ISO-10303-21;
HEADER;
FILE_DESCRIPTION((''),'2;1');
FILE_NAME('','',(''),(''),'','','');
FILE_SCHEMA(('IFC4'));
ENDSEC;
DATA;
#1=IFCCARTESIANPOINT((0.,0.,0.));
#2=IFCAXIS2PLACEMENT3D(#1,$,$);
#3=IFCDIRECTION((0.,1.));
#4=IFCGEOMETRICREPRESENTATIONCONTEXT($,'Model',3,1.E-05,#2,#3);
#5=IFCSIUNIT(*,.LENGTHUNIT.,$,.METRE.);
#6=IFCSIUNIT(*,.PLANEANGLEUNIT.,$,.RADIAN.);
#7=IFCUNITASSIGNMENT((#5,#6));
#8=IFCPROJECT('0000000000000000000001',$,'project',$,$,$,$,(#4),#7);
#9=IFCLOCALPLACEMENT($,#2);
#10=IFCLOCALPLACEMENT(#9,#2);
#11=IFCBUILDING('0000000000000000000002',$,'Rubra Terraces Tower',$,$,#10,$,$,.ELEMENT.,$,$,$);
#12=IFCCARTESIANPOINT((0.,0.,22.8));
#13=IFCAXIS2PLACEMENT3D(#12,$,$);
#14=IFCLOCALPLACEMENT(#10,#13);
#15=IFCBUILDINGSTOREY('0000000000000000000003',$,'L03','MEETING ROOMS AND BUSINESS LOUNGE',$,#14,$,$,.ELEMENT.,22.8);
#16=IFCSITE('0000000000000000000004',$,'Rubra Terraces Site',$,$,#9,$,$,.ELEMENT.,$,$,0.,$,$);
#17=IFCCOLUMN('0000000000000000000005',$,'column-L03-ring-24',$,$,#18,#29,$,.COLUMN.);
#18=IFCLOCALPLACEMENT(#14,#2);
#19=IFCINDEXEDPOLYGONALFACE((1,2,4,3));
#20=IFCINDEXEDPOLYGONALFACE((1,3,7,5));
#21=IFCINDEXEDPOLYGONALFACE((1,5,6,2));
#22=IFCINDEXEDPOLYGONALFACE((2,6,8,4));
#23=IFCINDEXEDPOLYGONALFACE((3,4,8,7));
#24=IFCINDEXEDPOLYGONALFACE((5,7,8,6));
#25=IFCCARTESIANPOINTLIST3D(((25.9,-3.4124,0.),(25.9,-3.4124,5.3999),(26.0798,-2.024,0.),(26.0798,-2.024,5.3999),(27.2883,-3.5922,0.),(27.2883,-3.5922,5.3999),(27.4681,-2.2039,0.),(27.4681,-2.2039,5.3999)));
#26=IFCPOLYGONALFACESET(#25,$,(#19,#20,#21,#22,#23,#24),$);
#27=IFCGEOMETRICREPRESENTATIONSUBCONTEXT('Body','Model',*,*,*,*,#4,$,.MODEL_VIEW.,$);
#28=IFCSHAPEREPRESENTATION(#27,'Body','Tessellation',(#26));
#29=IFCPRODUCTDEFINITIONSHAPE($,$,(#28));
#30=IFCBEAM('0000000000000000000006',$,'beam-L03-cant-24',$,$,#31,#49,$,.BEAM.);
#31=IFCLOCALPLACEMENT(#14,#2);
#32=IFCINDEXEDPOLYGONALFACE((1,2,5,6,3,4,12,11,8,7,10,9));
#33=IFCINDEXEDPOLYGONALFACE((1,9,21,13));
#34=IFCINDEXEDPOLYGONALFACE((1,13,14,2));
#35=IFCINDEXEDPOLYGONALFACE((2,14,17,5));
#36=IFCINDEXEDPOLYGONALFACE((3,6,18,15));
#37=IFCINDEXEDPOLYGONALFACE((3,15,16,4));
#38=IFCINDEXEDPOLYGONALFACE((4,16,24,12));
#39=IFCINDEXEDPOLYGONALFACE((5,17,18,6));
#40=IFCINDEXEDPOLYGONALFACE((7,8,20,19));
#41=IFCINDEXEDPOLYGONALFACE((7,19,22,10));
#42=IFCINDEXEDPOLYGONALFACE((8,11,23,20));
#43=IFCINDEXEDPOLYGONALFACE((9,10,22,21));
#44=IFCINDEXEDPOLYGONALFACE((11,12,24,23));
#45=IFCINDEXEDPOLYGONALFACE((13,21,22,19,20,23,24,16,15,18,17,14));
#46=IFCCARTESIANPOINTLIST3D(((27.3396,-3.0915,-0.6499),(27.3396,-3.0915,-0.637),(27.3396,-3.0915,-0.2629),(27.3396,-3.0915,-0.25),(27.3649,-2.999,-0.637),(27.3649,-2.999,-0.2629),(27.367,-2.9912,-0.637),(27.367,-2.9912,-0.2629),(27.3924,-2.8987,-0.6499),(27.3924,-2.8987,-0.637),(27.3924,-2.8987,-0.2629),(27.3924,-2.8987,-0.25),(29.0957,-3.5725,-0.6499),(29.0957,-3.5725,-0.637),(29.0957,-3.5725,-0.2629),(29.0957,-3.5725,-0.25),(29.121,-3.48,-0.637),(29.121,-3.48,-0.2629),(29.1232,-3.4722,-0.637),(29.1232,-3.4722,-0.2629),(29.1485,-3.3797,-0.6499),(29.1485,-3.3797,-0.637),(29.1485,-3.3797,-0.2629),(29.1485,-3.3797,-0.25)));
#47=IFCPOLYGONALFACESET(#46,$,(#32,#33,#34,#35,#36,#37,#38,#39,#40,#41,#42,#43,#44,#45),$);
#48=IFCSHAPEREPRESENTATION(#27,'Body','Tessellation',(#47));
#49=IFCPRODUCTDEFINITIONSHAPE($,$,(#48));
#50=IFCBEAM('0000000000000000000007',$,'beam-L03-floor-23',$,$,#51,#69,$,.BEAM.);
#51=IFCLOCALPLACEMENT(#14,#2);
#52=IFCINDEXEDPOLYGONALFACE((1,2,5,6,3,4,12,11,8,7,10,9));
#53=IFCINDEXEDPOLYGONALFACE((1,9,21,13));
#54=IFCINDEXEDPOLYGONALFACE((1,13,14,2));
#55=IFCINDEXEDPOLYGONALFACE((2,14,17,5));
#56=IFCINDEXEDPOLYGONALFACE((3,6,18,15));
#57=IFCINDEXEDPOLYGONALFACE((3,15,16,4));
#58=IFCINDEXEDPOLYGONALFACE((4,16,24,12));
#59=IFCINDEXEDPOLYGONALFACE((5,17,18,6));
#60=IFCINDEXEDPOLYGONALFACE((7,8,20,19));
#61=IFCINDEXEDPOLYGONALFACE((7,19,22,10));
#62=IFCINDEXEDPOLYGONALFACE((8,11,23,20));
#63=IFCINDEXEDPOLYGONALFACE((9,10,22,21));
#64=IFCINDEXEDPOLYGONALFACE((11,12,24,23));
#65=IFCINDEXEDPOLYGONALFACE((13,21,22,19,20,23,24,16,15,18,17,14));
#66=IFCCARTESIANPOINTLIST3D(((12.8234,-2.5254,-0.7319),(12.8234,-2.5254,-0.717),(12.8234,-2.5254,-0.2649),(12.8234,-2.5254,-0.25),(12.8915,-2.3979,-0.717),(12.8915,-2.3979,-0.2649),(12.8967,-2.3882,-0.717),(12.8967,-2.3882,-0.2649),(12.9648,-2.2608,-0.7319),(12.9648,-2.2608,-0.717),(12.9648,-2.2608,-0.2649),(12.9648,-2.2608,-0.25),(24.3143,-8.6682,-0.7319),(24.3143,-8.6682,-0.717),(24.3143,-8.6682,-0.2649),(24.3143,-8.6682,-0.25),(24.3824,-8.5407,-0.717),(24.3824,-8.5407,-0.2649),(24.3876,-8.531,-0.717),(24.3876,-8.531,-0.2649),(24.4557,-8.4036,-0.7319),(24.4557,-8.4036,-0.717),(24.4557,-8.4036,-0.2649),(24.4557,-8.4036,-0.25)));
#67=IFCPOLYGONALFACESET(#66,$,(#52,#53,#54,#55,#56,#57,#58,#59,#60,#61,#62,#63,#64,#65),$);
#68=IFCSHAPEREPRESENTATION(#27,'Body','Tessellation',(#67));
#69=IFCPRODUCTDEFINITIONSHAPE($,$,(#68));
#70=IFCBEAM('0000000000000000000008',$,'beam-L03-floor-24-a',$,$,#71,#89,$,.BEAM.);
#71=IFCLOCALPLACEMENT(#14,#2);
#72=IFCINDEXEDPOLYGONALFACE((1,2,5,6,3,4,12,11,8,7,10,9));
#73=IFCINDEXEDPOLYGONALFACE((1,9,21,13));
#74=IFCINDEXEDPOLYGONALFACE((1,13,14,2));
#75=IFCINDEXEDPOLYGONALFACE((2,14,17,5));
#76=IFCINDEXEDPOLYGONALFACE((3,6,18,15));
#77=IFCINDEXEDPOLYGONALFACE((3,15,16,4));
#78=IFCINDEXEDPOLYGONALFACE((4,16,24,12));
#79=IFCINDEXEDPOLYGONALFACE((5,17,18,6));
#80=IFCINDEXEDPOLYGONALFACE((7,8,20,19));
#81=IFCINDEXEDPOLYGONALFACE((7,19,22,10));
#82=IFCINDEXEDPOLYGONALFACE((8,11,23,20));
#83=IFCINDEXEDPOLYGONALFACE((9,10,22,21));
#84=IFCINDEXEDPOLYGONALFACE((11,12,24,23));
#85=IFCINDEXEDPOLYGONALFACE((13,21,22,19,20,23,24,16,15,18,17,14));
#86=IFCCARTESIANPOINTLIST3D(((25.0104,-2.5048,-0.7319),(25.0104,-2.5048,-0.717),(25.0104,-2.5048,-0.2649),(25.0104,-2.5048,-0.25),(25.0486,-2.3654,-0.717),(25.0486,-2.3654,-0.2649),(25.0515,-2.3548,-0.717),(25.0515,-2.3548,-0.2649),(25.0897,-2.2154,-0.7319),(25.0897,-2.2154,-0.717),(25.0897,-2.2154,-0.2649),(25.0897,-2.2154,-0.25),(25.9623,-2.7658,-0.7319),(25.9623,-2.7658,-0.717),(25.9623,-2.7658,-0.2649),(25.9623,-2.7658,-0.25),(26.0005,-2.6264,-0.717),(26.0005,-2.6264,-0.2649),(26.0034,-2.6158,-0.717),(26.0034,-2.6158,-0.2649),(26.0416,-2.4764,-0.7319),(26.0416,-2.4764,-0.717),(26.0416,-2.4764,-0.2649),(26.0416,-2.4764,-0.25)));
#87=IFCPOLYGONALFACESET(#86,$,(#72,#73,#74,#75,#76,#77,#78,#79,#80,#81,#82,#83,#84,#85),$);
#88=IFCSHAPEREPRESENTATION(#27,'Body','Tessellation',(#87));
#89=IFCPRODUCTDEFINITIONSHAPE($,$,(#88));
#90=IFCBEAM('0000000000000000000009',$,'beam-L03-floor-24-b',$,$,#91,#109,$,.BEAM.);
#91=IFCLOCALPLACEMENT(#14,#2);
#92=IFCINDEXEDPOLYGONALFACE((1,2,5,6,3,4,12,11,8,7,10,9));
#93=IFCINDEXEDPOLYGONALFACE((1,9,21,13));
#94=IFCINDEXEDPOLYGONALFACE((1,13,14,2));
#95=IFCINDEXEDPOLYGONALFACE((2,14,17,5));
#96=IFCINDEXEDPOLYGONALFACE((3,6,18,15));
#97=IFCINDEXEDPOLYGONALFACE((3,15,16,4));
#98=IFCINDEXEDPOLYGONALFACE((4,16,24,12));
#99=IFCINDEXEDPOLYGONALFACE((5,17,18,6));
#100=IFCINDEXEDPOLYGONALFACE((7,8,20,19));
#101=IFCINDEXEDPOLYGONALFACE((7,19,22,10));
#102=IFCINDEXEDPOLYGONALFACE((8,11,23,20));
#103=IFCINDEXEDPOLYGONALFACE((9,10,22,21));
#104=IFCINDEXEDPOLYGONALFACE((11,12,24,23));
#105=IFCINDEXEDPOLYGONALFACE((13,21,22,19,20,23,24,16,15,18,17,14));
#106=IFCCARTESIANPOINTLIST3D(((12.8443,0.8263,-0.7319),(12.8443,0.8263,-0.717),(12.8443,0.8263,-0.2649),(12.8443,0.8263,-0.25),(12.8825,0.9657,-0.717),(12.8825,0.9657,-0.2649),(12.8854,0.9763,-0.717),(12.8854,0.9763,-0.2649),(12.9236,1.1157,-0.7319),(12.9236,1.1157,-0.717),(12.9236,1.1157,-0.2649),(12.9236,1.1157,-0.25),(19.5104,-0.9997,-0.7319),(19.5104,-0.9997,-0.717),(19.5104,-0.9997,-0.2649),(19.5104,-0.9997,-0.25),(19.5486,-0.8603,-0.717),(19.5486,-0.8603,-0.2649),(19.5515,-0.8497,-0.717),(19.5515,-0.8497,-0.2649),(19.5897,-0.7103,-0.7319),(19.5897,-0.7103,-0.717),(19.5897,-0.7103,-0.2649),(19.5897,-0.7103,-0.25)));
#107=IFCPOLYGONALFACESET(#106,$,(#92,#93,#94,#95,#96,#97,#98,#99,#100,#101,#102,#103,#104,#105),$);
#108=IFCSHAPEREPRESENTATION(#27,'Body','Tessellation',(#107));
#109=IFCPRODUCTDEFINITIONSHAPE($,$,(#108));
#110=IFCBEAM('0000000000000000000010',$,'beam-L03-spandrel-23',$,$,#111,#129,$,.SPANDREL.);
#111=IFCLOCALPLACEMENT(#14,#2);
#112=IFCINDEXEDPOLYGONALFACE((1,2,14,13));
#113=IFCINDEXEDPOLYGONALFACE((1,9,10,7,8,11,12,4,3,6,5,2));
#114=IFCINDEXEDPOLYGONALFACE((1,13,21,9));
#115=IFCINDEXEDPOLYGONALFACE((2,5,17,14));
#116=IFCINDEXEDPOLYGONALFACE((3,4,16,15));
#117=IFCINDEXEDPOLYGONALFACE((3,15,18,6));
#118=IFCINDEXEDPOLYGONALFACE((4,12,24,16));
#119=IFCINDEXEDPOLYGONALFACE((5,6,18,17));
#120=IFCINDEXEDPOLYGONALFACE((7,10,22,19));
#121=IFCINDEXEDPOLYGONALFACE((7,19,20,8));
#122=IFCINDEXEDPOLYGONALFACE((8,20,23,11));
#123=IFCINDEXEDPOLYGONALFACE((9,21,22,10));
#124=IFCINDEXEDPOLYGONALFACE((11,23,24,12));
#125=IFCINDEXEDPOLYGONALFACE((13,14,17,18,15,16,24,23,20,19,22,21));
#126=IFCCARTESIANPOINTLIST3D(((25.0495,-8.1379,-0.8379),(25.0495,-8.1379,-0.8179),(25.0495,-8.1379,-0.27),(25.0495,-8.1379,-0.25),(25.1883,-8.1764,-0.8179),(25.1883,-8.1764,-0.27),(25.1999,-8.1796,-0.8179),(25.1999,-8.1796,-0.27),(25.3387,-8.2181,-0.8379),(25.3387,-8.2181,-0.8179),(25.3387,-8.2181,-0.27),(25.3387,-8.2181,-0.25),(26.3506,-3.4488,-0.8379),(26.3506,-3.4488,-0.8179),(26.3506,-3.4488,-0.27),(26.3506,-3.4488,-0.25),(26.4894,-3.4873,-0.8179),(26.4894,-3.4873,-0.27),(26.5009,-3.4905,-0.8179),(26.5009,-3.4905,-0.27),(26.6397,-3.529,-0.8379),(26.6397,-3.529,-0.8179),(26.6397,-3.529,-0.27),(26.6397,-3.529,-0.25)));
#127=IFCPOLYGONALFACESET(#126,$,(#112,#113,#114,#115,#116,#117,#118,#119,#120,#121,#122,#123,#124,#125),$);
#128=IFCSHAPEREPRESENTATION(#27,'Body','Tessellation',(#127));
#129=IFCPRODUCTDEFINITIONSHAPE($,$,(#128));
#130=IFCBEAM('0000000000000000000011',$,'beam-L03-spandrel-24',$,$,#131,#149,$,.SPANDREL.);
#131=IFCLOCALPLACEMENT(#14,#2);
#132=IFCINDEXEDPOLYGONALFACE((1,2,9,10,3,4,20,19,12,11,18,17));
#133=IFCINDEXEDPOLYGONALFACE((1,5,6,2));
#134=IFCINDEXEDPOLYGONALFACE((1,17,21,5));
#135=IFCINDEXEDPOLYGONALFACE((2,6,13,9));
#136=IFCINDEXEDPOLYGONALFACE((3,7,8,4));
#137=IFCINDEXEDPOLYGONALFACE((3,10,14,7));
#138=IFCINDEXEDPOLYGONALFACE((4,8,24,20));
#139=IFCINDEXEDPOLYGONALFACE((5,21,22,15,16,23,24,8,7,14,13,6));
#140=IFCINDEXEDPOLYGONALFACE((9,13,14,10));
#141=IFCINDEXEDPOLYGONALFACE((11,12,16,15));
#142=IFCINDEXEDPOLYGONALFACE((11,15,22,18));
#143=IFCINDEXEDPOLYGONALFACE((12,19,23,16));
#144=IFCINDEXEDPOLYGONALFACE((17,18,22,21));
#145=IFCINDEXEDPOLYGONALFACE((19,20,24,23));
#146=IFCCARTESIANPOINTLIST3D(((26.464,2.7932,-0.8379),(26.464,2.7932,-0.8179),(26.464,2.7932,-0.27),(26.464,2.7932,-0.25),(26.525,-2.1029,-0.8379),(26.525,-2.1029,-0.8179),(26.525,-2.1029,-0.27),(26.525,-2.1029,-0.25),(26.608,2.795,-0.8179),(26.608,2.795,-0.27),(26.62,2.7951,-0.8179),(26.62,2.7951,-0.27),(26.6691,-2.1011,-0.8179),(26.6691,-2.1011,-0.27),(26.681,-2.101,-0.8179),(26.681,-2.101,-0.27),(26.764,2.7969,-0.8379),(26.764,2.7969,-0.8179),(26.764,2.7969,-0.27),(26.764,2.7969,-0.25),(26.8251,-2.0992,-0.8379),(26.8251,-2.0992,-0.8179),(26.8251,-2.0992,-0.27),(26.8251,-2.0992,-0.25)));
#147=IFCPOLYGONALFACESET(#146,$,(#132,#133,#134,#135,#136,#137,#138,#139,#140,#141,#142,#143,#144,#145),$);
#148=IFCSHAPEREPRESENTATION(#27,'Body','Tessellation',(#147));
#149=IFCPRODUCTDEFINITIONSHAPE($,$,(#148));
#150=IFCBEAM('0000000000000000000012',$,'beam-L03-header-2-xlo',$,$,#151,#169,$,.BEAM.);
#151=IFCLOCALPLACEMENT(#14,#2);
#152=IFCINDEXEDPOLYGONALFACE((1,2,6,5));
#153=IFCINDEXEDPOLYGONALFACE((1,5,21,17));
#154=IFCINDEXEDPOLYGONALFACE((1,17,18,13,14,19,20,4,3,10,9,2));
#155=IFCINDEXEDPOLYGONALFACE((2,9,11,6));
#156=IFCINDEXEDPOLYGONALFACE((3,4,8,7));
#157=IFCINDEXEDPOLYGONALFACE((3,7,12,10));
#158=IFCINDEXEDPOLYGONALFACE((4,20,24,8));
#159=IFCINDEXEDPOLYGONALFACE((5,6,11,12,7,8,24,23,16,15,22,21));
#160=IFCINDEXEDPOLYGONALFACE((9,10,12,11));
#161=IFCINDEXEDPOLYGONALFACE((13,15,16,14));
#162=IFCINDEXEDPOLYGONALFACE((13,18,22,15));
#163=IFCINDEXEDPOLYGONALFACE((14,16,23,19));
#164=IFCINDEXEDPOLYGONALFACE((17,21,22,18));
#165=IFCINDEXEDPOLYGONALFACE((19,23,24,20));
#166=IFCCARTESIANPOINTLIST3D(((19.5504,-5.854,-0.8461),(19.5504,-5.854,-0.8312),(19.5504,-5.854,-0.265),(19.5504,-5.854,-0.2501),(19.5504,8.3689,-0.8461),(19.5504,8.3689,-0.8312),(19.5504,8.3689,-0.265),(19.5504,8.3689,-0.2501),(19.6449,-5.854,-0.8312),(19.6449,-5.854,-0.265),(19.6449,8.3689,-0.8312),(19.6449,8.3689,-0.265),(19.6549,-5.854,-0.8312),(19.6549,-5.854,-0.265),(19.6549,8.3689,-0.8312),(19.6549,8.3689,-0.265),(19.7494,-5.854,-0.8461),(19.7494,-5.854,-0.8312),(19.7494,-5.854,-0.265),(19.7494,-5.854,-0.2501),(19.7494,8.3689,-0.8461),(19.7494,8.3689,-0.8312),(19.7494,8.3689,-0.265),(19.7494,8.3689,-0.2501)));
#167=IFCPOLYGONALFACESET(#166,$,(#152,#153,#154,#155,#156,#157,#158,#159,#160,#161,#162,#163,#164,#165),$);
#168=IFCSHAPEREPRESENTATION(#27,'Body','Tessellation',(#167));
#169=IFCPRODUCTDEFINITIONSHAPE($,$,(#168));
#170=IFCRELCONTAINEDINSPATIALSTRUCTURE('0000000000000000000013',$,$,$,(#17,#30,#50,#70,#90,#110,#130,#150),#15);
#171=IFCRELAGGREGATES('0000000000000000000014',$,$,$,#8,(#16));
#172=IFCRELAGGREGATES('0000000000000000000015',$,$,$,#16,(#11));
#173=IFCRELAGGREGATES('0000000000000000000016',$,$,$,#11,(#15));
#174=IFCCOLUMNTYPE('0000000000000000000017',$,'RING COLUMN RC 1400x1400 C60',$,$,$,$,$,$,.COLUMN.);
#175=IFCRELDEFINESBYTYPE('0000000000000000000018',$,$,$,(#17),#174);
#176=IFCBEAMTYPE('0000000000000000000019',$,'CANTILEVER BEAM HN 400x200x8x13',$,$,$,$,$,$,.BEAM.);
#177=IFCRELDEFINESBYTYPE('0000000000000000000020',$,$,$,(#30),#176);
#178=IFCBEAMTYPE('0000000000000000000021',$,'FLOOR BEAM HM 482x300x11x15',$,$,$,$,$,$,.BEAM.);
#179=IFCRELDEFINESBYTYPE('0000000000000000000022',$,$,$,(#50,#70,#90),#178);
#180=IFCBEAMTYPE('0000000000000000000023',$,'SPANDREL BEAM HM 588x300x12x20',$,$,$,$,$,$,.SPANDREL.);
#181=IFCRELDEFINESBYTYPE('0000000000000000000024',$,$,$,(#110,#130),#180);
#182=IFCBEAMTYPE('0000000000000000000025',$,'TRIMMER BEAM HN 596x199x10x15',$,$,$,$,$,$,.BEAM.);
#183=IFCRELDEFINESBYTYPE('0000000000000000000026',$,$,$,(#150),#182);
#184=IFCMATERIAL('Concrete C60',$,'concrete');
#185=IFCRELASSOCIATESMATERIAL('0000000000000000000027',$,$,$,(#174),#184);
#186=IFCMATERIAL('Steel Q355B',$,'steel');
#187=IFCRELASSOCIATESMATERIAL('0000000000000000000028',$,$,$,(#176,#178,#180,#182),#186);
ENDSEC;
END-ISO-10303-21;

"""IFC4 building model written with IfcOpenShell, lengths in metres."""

from ifc_helpers import new_model, si_unit, direction, frame, origin, origin_2d, place, context, subcontext, project, spatial, rectangle, i_section, extrude, material, material_profile, profile_set, type_object, element, save


model = new_model("IFC4")

# Units and contexts
model_context = context("Model", 3, precision=1e-05, world=origin(), true_north=direction((0.0, 1.0)))
body_context = subcontext(model_context, "Body", "Model", "MODEL_VIEW")
ifc_project = project(units=[si_unit("LENGTHUNIT", "METRE"), si_unit("PLANEANGLEUNIT", "RADIAN")], contexts=[model_context])

# Site, building, storey
site_placement = place(None, origin())
site = spatial("IfcSite", under=ifc_project, at=site_placement, Name="Rubra Terraces Site", CompositionType="ELEMENT", RefElevation=0.0)
building_placement = place(site_placement, origin())
building = spatial("IfcBuilding", under=site, at=building_placement, Name="Rubra Terraces Tower", CompositionType="ELEMENT")
storey_placement = place(building_placement, frame((0.0, 0.0, 22.8)))
storey = spatial("IfcBuildingStorey", under=building, at=storey_placement, Name="L03", Description="MEETING ROOMS AND BUSINESS LOUNGE", CompositionType="ELEMENT", Elevation=22.8)

# Column
ifc_material_1 = material(Name="Concrete C60", Category="concrete")
ifc_material_profile_1 = material_profile(ifc_material_1, rectangle(XDim=1.3999, YDim=1.3999, at=origin_2d()), Name="RC 1400x1400")
ifc_profile_set_1 = profile_set([ifc_material_profile_1], Name="Concrete C60")
column_type = type_object("IfcColumnType", Name="RING COLUMN RC 1400x1400 C60", PredefinedType="COLUMN", material=ifc_profile_set_1)
column_placement = place(storey_placement, frame((26.6841, -2.8081, 0.0), z_axis=(0.0, 0.0, 1.0), x_axis=(0.128445, 0.991717, 0.0)))
element("IfcColumn", 1, at=column_placement, inside=storey, type_object=column_type, Name="column-L03-ring-24", PredefinedType="COLUMN", context=body_context, shape_type="SweptSolid", body=[
    extrude(rectangle(XDim=1.3999, YDim=1.3999, at=origin_2d()), origin(), (0.0, 0.0, 1.0), 5.3999),
])

# Beams
ifc_material_2 = material(Name="Steel Q355B", Category="steel")
ifc_material_profile_2 = material_profile(ifc_material_2, i_section(OverallWidth=0.2, OverallDepth=0.3999, WebThickness=0.0081, FlangeThickness=0.0129, at=origin_2d()), Name="HN 400x200x8x13")
ifc_profile_set_2 = profile_set([ifc_material_profile_2], Name="Steel Q355B")
beam_type_1 = type_object("IfcBeamType", Name="CANTILEVER BEAM HN 400x200x8x13", PredefinedType="BEAM", material=ifc_profile_set_2)
beam_1_placement = place(storey_placement, frame((27.366, -2.9951, -0.45), z_axis=(0.964482, -0.26415, 0.0), x_axis=(0.26415, 0.964482, 0.0)))
element("IfcBeam", 2, at=beam_1_placement, inside=storey, type_object=beam_type_1, Name="beam-L03-cant-24", PredefinedType="BEAM", context=body_context, shape_type="SweptSolid", body=[
    extrude(i_section(OverallWidth=0.2, OverallDepth=0.3999, WebThickness=0.0081, FlangeThickness=0.0129, at=origin_2d()), origin(), (0.0, 0.0, 1.0), 1.8208),
])
ifc_material_profile_3 = material_profile(ifc_material_2, i_section(OverallWidth=0.3, OverallDepth=0.4819, WebThickness=0.011, FlangeThickness=0.0149, at=origin_2d()), Name="HM 482x300x11x15")
ifc_profile_set_3 = profile_set([ifc_material_profile_3], Name="Steel Q355B")
beam_type_2 = type_object("IfcBeamType", Name="FLOOR BEAM HM 482x300x11x15", PredefinedType="BEAM", material=ifc_profile_set_3)
beam_2_placement = place(storey_placement, frame((24.385, -8.5359, -0.491), z_axis=(-0.881897, 0.471443, 0.0), x_axis=(-0.471443, -0.881897, 0.0)))
element("IfcBeam", 3, at=beam_2_placement, inside=storey, type_object=beam_type_2, Name="beam-L03-floor-23", PredefinedType="BEAM", context=body_context, shape_type="SweptSolid", body=[
    extrude(i_section(OverallWidth=0.3, OverallDepth=0.4819, WebThickness=0.011, FlangeThickness=0.0149, at=origin_2d()), origin(), (0.0, 0.0, 1.0), 13.0298),
])
beam_3_placement = place(storey_placement, frame((26.002, -2.6211, -0.491), z_axis=(-0.964409, 0.264415, 0.0), x_axis=(-0.264415, -0.964409, 0.0)))
element("IfcBeam", 4, at=beam_3_placement, inside=storey, type_object=beam_type_2, Name="beam-L03-floor-24-a", PredefinedType="BEAM", context=body_context, shape_type="SweptSolid", body=[
    extrude(i_section(OverallWidth=0.3, OverallDepth=0.4819, WebThickness=0.011, FlangeThickness=0.0149, at=origin_2d()), origin(), (0.0, 0.0, 1.0), 0.9871),
])
beam_4_placement = place(storey_placement, frame((19.55, -0.855, -0.491), z_axis=(-0.964472, 0.264184, 0.0), x_axis=(-0.264184, -0.964472, 0.0)))
element("IfcBeam", 5, at=beam_4_placement, inside=storey, type_object=beam_type_2, Name="beam-L03-floor-24-b", PredefinedType="BEAM", context=body_context, shape_type="SweptSolid", body=[
    extrude(i_section(OverallWidth=0.3, OverallDepth=0.4819, WebThickness=0.011, FlangeThickness=0.0149, at=origin_2d()), origin(), (0.0, 0.0, 1.0), 6.9116),
])
ifc_material_profile_4 = material_profile(ifc_material_2, i_section(OverallWidth=0.3, OverallDepth=0.5879, WebThickness=0.012, FlangeThickness=0.02, at=origin_2d()), Name="HM 588x300x12x20")
ifc_profile_set_4 = profile_set([ifc_material_profile_4], Name="Steel Q355B")
beam_type_3 = type_object("IfcBeamType", Name="SPANDREL BEAM HM 588x300x12x20", PredefinedType="SPANDREL", material=ifc_profile_set_4)
beam_5_placement = place(storey_placement, frame((25.1941, -8.178, -0.5439), z_axis=(0.267364, 0.963595, 0.0), x_axis=(-0.963595, 0.267364, 0.0)))
element("IfcBeam", 6, at=beam_5_placement, inside=storey, type_object=beam_type_3, Name="beam-L03-spandrel-23", PredefinedType="SPANDREL", context=body_context, shape_type="SweptSolid", body=[
    extrude(i_section(OverallWidth=0.3, OverallDepth=0.5879, WebThickness=0.012, FlangeThickness=0.02, at=origin_2d()), origin(), (0.0, 0.0, 1.0), 4.8662),
])
beam_6_placement = place(storey_placement, frame((26.675, -2.1011, -0.5439), z_axis=(-0.012465, 0.999922, 0.0), x_axis=(-0.999922, -0.012465, 0.0)))
element("IfcBeam", 7, at=beam_6_placement, inside=storey, type_object=beam_type_3, Name="beam-L03-spandrel-24", PredefinedType="SPANDREL", context=body_context, shape_type="SweptSolid", body=[
    extrude(i_section(OverallWidth=0.3, OverallDepth=0.5879, WebThickness=0.012, FlangeThickness=0.02, at=origin_2d()), origin(), (0.0, 0.0, 1.0), 4.8965),
])
ifc_material_profile_5 = material_profile(ifc_material_2, i_section(OverallWidth=0.199, OverallDepth=0.5959, WebThickness=0.01, FlangeThickness=0.0149, at=origin_2d()), Name="HN 596x199x10x15")
ifc_profile_set_5 = profile_set([ifc_material_profile_5], Name="Steel Q355B")
beam_type_4 = type_object("IfcBeamType", Name="TRIMMER BEAM HN 596x199x10x15", PredefinedType="BEAM", material=ifc_profile_set_5)
beam_7_placement = place(storey_placement, frame((19.6499, -5.854, -0.5481), z_axis=(0.0, 1.0, 0.0), x_axis=(-1.0, 0.0, 0.0)))
element("IfcBeam", 8, at=beam_7_placement, inside=storey, type_object=beam_type_4, Name="beam-L03-header-2-xlo", PredefinedType="BEAM", context=body_context, shape_type="SweptSolid", body=[
    extrude(i_section(OverallWidth=0.199, OverallDepth=0.5959, WebThickness=0.01, FlangeThickness=0.0149, at=origin_2d()), origin(), (0.0, 0.0, 1.0), 14.2229),
])

save(model, "model.ifc")
